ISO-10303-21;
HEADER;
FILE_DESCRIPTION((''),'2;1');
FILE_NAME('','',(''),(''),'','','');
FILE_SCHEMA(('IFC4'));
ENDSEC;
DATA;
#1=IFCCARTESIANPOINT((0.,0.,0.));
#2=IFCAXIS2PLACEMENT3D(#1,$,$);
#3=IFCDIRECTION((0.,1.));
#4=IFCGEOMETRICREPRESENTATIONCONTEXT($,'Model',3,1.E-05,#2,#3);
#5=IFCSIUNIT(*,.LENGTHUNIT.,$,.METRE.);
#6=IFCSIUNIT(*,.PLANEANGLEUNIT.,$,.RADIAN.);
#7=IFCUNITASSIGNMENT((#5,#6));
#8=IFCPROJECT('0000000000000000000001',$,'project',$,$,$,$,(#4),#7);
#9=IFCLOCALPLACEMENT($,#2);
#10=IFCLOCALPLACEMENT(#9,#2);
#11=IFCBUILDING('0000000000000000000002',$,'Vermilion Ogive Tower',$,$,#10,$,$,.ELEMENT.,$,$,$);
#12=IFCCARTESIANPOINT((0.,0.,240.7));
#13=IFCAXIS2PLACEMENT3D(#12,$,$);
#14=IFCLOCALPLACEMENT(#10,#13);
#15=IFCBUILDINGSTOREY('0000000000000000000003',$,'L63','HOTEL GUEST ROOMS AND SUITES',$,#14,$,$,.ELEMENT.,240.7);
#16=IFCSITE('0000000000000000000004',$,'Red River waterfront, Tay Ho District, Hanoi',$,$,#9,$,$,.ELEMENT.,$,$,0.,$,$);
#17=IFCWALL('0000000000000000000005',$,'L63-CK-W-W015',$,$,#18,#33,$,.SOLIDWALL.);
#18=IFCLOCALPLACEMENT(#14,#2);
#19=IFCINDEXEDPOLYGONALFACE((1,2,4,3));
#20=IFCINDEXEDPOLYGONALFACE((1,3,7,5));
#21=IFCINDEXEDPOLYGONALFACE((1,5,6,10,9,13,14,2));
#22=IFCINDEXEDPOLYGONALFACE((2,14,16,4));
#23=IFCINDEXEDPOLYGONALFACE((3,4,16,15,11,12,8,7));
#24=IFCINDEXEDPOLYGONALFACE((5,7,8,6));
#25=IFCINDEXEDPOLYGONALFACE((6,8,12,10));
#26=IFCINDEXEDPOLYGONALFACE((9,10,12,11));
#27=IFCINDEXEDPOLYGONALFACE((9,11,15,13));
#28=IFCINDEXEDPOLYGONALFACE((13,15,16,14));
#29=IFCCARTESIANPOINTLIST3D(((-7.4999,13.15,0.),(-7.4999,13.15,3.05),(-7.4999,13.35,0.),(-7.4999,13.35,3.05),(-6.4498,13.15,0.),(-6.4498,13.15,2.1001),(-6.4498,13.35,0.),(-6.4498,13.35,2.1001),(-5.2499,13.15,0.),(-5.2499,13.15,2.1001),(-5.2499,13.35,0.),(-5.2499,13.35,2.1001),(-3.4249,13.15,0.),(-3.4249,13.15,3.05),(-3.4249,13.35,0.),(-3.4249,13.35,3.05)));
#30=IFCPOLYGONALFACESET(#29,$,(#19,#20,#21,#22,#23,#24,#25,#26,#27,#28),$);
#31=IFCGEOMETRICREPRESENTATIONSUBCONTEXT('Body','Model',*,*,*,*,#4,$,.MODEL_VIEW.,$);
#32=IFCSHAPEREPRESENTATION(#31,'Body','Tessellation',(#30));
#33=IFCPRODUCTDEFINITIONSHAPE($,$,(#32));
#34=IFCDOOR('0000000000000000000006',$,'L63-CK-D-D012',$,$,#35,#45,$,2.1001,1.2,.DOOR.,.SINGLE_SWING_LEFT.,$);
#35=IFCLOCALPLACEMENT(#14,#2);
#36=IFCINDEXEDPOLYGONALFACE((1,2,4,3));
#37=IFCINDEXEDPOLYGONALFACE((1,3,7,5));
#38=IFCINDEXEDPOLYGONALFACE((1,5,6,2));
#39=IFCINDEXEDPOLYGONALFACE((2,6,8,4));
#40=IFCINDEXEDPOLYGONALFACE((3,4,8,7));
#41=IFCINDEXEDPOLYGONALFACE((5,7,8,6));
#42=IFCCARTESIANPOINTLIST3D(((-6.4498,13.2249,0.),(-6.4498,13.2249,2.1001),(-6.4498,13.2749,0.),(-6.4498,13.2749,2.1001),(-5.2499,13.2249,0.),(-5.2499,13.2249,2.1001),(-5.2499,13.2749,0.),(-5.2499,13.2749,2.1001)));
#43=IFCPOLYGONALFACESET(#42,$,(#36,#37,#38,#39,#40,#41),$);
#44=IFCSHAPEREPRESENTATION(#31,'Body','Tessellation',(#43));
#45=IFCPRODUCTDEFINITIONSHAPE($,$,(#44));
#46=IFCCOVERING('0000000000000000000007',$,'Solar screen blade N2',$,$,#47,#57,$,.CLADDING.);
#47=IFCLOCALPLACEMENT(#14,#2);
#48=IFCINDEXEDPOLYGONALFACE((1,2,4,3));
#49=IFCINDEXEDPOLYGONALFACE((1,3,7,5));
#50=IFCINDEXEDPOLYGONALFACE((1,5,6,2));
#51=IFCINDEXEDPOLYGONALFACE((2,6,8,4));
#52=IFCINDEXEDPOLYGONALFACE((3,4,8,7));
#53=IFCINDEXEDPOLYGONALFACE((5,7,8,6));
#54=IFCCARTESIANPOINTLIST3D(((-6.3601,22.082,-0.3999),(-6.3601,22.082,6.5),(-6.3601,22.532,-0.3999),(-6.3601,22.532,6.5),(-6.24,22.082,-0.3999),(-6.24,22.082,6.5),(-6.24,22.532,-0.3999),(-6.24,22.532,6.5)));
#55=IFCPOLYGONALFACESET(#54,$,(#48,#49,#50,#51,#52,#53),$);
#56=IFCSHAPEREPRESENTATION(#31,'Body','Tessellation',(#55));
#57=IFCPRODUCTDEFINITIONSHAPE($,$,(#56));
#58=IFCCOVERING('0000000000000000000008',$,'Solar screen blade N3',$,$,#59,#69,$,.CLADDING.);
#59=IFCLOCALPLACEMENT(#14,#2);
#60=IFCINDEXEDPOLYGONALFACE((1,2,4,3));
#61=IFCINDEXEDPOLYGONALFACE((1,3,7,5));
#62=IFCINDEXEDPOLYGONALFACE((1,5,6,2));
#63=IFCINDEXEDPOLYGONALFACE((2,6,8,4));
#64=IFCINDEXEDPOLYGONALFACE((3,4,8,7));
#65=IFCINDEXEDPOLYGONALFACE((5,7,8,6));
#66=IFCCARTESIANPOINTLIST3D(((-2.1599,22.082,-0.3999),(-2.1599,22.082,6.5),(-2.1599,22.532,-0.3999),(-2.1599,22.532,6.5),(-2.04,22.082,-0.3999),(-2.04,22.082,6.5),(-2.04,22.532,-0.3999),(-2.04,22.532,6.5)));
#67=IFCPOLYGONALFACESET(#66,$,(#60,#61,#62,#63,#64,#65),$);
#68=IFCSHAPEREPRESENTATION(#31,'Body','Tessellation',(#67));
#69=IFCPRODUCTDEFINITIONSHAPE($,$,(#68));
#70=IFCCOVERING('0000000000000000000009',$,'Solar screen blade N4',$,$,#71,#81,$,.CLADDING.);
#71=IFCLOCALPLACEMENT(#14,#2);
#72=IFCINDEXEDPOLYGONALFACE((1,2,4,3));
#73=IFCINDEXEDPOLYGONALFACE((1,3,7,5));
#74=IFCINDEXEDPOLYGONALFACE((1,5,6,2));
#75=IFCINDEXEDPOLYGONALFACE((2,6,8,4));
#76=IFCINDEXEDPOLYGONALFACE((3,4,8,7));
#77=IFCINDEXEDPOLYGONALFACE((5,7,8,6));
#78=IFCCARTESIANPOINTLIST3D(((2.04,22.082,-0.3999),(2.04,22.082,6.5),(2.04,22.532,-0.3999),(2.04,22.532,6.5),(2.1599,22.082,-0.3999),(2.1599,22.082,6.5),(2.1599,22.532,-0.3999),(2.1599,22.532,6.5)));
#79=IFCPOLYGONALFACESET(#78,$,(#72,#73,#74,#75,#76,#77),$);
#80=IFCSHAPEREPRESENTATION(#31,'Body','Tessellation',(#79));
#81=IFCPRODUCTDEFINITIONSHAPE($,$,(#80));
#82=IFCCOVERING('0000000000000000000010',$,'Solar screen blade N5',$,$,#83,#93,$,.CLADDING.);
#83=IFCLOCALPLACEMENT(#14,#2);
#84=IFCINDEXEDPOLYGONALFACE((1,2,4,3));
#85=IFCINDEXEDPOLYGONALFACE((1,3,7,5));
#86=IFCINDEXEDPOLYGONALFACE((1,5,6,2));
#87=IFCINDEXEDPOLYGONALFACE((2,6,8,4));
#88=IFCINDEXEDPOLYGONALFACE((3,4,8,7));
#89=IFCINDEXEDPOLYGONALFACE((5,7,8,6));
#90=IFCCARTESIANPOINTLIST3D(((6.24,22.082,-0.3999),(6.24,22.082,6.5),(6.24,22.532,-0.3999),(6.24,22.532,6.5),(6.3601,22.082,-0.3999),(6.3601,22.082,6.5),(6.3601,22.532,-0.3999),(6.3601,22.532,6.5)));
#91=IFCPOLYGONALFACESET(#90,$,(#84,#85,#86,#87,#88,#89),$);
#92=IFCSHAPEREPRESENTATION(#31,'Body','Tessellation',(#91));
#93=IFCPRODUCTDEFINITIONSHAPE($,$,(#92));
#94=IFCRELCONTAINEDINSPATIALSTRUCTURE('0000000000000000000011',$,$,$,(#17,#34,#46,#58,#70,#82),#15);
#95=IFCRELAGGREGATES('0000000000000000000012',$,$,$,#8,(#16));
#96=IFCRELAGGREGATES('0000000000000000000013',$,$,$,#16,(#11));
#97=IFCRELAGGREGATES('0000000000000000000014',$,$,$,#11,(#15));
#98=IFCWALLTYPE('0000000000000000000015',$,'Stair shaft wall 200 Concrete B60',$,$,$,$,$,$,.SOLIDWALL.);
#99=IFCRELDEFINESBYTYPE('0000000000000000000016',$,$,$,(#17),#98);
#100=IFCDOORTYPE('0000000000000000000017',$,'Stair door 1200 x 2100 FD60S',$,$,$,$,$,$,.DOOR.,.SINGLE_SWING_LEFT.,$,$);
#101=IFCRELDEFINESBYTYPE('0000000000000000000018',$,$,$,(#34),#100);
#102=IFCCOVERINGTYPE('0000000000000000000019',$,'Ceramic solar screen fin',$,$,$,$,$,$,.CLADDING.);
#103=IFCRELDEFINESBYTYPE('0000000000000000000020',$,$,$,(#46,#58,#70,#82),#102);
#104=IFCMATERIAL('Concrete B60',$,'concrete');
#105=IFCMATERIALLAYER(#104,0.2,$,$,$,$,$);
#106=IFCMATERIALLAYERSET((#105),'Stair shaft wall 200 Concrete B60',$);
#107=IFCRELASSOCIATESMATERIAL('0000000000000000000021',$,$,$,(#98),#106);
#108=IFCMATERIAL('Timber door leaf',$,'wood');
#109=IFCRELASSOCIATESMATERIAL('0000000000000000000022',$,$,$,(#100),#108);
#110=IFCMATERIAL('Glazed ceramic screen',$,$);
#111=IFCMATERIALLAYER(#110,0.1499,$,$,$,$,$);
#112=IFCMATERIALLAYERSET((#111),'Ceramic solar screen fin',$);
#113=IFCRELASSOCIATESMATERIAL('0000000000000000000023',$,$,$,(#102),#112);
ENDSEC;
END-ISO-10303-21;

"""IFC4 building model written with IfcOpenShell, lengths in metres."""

from ifc_helpers import new_model, si_unit, direction, frame, frame_2d, origin, place, context, subcontext, project, spatial, polyline, rectangle, outline, extrude, material, layer, layer_set, type_object, element, fill, save


model = new_model("IFC4")

# Units and contexts
model_context = context("Model", 3, precision=1e-05, world=origin(), true_north=direction((0.0, 1.0)))
body_context = subcontext(model_context, "Body", "Model", "MODEL_VIEW")
ifc_project = project(units=[si_unit("LENGTHUNIT", "METRE"), si_unit("PLANEANGLEUNIT", "RADIAN")], contexts=[model_context])

# Site, building, storey
site_placement = place(None, origin())
site = spatial("IfcSite", under=ifc_project, at=site_placement, Name="Red River waterfront, Tay Ho District, Hanoi", CompositionType="ELEMENT", RefElevation=0.0)
building_placement = place(site_placement, origin())
building = spatial("IfcBuilding", under=site, at=building_placement, Name="Vermilion Ogive Tower", CompositionType="ELEMENT")
storey_placement = place(building_placement, frame((0.0, 0.0, 240.7)))
storey = spatial("IfcBuildingStorey", under=building, at=storey_placement, Name="L63", Description="HOTEL GUEST ROOMS AND SUITES", CompositionType="ELEMENT", Elevation=240.7)

# Wall, opening, door
ifc_material_1 = material(Name="Concrete B60", Category="concrete")
ifc_layer_1 = layer(ifc_material_1, 0.2)
ifc_layer_set_1 = layer_set([ifc_layer_1], Name="Stair shaft wall 200 Concrete B60")
wall_type_1 = type_object("IfcWallType", Name="Stair shaft wall 200 Concrete B60", PredefinedType="SOLIDWALL", material=ifc_layer_set_1)
wall_1_placement = place(storey_placement, frame((-7.5, 13.25, 0.0), z_axis=(0.0, 0.0, 1.0), x_axis=(1.0, 0.0, 0.0)))
wall_1 = element("IfcWall", 1, at=wall_1_placement, inside=storey, type_object=wall_type_1, Name="L63-CK-W-W015", PredefinedType="SOLIDWALL", context=body_context, shape_type="SweptSolid", body=[
    extrude(rectangle(XDim=4.075, YDim=0.2, at=frame_2d((2.0376, 0.0))), origin(), (0.0, 0.0, 1.0), 3.05),
])
opening_1_placement = place(wall_1_placement, frame((1.05, 0.0, 0.0)))
opening_1 = element("IfcOpeningElement", 2, at=opening_1_placement, cuts=wall_1, PredefinedType="OPENING", context=body_context, shape_type="SweptSolid", body=[
    extrude(rectangle(XDim=1.2, YDim=2.1001, at=frame_2d((0.6001, 1.05))), frame((0.0, 0.1099, 0.0), z_axis=(0.0, -1.0, 0.0), x_axis=(1.0, 0.0, 0.0)), (0.0, 0.0, 1.0), 0.22),
])
ifc_material_2 = material(Name="Timber door leaf", Category="wood")
door_type_1 = type_object("IfcDoorType", Name="Stair door 1200 x 2100 FD60S", OperationType="SINGLE_SWING_LEFT", PredefinedType="DOOR", material=ifc_material_2)
door_1_placement = place(opening_1_placement, origin())
door_1 = element("IfcDoor", 3, at=door_1_placement, inside=storey, type_object=door_type_1, Name="L63-CK-D-D012", OperationType="SINGLE_SWING_LEFT", OverallHeight=2.1001, OverallWidth=1.2, PredefinedType="DOOR", context=body_context, shape_type="SweptSolid", body=[
    extrude(rectangle(XDim=1.2, YDim=2.1001, at=frame_2d((0.6001, 1.05))), frame((0.0, 0.0249, 0.0), z_axis=(0.0, -1.0, 0.0), x_axis=(1.0, 0.0, 0.0)), (0.0, 0.0, 1.0), 0.05),
])
fill(opening_1, door_1)

# Coverings
ifc_material_3 = material(Name="Glazed ceramic screen")
ifc_layer_2 = layer(ifc_material_3, 0.1499)
ifc_layer_set_2 = layer_set([ifc_layer_2], Name="Ceramic solar screen fin")
covering_type = type_object("IfcCoveringType", Name="Ceramic solar screen fin", PredefinedType="CLADDING", material=ifc_layer_set_2)
covering_1_placement = place(storey_placement, frame((0.0, 0.0, -0.3999)))
element("IfcCovering", 4, at=covering_1_placement, inside=storey, type_object=covering_type, Name="Solar screen blade N2", PredefinedType="CLADDING", context=body_context, shape_type="SweptSolid", body=[
    extrude(outline(polyline([(-6.3601, 22.082), (-6.24, 22.082), (-6.24, 22.532), (-6.3601, 22.532), (-6.3601, 22.082)])), origin(), (0.0, 0.0, 1.0), 6.8999),
])
covering_2_placement = place(storey_placement, frame((0.0, 0.0, -0.3999)))
element("IfcCovering", 5, at=covering_2_placement, inside=storey, type_object=covering_type, Name="Solar screen blade N3", PredefinedType="CLADDING", context=body_context, shape_type="SweptSolid", body=[
    extrude(outline(polyline([(-2.1599, 22.082), (-2.04, 22.082), (-2.04, 22.532), (-2.1599, 22.532), (-2.1599, 22.082)])), origin(), (0.0, 0.0, 1.0), 6.8999),
])
covering_3_placement = place(storey_placement, frame((0.0, 0.0, -0.3999)))
element("IfcCovering", 6, at=covering_3_placement, inside=storey, type_object=covering_type, Name="Solar screen blade N4", PredefinedType="CLADDING", context=body_context, shape_type="SweptSolid", body=[
    extrude(outline(polyline([(2.04, 22.082), (2.1599, 22.082), (2.1599, 22.532), (2.04, 22.532), (2.04, 22.082)])), origin(), (0.0, 0.0, 1.0), 6.8999),
])
covering_4_placement = place(storey_placement, frame((0.0, 0.0, -0.3999)))
element("IfcCovering", 7, at=covering_4_placement, inside=storey, type_object=covering_type, Name="Solar screen blade N5", PredefinedType="CLADDING", context=body_context, shape_type="SweptSolid", body=[
    extrude(outline(polyline([(6.24, 22.082), (6.3601, 22.082), (6.3601, 22.532), (6.24, 22.532), (6.24, 22.082)])), origin(), (0.0, 0.0, 1.0), 6.8999),
])

save(model, "model.ifc")
